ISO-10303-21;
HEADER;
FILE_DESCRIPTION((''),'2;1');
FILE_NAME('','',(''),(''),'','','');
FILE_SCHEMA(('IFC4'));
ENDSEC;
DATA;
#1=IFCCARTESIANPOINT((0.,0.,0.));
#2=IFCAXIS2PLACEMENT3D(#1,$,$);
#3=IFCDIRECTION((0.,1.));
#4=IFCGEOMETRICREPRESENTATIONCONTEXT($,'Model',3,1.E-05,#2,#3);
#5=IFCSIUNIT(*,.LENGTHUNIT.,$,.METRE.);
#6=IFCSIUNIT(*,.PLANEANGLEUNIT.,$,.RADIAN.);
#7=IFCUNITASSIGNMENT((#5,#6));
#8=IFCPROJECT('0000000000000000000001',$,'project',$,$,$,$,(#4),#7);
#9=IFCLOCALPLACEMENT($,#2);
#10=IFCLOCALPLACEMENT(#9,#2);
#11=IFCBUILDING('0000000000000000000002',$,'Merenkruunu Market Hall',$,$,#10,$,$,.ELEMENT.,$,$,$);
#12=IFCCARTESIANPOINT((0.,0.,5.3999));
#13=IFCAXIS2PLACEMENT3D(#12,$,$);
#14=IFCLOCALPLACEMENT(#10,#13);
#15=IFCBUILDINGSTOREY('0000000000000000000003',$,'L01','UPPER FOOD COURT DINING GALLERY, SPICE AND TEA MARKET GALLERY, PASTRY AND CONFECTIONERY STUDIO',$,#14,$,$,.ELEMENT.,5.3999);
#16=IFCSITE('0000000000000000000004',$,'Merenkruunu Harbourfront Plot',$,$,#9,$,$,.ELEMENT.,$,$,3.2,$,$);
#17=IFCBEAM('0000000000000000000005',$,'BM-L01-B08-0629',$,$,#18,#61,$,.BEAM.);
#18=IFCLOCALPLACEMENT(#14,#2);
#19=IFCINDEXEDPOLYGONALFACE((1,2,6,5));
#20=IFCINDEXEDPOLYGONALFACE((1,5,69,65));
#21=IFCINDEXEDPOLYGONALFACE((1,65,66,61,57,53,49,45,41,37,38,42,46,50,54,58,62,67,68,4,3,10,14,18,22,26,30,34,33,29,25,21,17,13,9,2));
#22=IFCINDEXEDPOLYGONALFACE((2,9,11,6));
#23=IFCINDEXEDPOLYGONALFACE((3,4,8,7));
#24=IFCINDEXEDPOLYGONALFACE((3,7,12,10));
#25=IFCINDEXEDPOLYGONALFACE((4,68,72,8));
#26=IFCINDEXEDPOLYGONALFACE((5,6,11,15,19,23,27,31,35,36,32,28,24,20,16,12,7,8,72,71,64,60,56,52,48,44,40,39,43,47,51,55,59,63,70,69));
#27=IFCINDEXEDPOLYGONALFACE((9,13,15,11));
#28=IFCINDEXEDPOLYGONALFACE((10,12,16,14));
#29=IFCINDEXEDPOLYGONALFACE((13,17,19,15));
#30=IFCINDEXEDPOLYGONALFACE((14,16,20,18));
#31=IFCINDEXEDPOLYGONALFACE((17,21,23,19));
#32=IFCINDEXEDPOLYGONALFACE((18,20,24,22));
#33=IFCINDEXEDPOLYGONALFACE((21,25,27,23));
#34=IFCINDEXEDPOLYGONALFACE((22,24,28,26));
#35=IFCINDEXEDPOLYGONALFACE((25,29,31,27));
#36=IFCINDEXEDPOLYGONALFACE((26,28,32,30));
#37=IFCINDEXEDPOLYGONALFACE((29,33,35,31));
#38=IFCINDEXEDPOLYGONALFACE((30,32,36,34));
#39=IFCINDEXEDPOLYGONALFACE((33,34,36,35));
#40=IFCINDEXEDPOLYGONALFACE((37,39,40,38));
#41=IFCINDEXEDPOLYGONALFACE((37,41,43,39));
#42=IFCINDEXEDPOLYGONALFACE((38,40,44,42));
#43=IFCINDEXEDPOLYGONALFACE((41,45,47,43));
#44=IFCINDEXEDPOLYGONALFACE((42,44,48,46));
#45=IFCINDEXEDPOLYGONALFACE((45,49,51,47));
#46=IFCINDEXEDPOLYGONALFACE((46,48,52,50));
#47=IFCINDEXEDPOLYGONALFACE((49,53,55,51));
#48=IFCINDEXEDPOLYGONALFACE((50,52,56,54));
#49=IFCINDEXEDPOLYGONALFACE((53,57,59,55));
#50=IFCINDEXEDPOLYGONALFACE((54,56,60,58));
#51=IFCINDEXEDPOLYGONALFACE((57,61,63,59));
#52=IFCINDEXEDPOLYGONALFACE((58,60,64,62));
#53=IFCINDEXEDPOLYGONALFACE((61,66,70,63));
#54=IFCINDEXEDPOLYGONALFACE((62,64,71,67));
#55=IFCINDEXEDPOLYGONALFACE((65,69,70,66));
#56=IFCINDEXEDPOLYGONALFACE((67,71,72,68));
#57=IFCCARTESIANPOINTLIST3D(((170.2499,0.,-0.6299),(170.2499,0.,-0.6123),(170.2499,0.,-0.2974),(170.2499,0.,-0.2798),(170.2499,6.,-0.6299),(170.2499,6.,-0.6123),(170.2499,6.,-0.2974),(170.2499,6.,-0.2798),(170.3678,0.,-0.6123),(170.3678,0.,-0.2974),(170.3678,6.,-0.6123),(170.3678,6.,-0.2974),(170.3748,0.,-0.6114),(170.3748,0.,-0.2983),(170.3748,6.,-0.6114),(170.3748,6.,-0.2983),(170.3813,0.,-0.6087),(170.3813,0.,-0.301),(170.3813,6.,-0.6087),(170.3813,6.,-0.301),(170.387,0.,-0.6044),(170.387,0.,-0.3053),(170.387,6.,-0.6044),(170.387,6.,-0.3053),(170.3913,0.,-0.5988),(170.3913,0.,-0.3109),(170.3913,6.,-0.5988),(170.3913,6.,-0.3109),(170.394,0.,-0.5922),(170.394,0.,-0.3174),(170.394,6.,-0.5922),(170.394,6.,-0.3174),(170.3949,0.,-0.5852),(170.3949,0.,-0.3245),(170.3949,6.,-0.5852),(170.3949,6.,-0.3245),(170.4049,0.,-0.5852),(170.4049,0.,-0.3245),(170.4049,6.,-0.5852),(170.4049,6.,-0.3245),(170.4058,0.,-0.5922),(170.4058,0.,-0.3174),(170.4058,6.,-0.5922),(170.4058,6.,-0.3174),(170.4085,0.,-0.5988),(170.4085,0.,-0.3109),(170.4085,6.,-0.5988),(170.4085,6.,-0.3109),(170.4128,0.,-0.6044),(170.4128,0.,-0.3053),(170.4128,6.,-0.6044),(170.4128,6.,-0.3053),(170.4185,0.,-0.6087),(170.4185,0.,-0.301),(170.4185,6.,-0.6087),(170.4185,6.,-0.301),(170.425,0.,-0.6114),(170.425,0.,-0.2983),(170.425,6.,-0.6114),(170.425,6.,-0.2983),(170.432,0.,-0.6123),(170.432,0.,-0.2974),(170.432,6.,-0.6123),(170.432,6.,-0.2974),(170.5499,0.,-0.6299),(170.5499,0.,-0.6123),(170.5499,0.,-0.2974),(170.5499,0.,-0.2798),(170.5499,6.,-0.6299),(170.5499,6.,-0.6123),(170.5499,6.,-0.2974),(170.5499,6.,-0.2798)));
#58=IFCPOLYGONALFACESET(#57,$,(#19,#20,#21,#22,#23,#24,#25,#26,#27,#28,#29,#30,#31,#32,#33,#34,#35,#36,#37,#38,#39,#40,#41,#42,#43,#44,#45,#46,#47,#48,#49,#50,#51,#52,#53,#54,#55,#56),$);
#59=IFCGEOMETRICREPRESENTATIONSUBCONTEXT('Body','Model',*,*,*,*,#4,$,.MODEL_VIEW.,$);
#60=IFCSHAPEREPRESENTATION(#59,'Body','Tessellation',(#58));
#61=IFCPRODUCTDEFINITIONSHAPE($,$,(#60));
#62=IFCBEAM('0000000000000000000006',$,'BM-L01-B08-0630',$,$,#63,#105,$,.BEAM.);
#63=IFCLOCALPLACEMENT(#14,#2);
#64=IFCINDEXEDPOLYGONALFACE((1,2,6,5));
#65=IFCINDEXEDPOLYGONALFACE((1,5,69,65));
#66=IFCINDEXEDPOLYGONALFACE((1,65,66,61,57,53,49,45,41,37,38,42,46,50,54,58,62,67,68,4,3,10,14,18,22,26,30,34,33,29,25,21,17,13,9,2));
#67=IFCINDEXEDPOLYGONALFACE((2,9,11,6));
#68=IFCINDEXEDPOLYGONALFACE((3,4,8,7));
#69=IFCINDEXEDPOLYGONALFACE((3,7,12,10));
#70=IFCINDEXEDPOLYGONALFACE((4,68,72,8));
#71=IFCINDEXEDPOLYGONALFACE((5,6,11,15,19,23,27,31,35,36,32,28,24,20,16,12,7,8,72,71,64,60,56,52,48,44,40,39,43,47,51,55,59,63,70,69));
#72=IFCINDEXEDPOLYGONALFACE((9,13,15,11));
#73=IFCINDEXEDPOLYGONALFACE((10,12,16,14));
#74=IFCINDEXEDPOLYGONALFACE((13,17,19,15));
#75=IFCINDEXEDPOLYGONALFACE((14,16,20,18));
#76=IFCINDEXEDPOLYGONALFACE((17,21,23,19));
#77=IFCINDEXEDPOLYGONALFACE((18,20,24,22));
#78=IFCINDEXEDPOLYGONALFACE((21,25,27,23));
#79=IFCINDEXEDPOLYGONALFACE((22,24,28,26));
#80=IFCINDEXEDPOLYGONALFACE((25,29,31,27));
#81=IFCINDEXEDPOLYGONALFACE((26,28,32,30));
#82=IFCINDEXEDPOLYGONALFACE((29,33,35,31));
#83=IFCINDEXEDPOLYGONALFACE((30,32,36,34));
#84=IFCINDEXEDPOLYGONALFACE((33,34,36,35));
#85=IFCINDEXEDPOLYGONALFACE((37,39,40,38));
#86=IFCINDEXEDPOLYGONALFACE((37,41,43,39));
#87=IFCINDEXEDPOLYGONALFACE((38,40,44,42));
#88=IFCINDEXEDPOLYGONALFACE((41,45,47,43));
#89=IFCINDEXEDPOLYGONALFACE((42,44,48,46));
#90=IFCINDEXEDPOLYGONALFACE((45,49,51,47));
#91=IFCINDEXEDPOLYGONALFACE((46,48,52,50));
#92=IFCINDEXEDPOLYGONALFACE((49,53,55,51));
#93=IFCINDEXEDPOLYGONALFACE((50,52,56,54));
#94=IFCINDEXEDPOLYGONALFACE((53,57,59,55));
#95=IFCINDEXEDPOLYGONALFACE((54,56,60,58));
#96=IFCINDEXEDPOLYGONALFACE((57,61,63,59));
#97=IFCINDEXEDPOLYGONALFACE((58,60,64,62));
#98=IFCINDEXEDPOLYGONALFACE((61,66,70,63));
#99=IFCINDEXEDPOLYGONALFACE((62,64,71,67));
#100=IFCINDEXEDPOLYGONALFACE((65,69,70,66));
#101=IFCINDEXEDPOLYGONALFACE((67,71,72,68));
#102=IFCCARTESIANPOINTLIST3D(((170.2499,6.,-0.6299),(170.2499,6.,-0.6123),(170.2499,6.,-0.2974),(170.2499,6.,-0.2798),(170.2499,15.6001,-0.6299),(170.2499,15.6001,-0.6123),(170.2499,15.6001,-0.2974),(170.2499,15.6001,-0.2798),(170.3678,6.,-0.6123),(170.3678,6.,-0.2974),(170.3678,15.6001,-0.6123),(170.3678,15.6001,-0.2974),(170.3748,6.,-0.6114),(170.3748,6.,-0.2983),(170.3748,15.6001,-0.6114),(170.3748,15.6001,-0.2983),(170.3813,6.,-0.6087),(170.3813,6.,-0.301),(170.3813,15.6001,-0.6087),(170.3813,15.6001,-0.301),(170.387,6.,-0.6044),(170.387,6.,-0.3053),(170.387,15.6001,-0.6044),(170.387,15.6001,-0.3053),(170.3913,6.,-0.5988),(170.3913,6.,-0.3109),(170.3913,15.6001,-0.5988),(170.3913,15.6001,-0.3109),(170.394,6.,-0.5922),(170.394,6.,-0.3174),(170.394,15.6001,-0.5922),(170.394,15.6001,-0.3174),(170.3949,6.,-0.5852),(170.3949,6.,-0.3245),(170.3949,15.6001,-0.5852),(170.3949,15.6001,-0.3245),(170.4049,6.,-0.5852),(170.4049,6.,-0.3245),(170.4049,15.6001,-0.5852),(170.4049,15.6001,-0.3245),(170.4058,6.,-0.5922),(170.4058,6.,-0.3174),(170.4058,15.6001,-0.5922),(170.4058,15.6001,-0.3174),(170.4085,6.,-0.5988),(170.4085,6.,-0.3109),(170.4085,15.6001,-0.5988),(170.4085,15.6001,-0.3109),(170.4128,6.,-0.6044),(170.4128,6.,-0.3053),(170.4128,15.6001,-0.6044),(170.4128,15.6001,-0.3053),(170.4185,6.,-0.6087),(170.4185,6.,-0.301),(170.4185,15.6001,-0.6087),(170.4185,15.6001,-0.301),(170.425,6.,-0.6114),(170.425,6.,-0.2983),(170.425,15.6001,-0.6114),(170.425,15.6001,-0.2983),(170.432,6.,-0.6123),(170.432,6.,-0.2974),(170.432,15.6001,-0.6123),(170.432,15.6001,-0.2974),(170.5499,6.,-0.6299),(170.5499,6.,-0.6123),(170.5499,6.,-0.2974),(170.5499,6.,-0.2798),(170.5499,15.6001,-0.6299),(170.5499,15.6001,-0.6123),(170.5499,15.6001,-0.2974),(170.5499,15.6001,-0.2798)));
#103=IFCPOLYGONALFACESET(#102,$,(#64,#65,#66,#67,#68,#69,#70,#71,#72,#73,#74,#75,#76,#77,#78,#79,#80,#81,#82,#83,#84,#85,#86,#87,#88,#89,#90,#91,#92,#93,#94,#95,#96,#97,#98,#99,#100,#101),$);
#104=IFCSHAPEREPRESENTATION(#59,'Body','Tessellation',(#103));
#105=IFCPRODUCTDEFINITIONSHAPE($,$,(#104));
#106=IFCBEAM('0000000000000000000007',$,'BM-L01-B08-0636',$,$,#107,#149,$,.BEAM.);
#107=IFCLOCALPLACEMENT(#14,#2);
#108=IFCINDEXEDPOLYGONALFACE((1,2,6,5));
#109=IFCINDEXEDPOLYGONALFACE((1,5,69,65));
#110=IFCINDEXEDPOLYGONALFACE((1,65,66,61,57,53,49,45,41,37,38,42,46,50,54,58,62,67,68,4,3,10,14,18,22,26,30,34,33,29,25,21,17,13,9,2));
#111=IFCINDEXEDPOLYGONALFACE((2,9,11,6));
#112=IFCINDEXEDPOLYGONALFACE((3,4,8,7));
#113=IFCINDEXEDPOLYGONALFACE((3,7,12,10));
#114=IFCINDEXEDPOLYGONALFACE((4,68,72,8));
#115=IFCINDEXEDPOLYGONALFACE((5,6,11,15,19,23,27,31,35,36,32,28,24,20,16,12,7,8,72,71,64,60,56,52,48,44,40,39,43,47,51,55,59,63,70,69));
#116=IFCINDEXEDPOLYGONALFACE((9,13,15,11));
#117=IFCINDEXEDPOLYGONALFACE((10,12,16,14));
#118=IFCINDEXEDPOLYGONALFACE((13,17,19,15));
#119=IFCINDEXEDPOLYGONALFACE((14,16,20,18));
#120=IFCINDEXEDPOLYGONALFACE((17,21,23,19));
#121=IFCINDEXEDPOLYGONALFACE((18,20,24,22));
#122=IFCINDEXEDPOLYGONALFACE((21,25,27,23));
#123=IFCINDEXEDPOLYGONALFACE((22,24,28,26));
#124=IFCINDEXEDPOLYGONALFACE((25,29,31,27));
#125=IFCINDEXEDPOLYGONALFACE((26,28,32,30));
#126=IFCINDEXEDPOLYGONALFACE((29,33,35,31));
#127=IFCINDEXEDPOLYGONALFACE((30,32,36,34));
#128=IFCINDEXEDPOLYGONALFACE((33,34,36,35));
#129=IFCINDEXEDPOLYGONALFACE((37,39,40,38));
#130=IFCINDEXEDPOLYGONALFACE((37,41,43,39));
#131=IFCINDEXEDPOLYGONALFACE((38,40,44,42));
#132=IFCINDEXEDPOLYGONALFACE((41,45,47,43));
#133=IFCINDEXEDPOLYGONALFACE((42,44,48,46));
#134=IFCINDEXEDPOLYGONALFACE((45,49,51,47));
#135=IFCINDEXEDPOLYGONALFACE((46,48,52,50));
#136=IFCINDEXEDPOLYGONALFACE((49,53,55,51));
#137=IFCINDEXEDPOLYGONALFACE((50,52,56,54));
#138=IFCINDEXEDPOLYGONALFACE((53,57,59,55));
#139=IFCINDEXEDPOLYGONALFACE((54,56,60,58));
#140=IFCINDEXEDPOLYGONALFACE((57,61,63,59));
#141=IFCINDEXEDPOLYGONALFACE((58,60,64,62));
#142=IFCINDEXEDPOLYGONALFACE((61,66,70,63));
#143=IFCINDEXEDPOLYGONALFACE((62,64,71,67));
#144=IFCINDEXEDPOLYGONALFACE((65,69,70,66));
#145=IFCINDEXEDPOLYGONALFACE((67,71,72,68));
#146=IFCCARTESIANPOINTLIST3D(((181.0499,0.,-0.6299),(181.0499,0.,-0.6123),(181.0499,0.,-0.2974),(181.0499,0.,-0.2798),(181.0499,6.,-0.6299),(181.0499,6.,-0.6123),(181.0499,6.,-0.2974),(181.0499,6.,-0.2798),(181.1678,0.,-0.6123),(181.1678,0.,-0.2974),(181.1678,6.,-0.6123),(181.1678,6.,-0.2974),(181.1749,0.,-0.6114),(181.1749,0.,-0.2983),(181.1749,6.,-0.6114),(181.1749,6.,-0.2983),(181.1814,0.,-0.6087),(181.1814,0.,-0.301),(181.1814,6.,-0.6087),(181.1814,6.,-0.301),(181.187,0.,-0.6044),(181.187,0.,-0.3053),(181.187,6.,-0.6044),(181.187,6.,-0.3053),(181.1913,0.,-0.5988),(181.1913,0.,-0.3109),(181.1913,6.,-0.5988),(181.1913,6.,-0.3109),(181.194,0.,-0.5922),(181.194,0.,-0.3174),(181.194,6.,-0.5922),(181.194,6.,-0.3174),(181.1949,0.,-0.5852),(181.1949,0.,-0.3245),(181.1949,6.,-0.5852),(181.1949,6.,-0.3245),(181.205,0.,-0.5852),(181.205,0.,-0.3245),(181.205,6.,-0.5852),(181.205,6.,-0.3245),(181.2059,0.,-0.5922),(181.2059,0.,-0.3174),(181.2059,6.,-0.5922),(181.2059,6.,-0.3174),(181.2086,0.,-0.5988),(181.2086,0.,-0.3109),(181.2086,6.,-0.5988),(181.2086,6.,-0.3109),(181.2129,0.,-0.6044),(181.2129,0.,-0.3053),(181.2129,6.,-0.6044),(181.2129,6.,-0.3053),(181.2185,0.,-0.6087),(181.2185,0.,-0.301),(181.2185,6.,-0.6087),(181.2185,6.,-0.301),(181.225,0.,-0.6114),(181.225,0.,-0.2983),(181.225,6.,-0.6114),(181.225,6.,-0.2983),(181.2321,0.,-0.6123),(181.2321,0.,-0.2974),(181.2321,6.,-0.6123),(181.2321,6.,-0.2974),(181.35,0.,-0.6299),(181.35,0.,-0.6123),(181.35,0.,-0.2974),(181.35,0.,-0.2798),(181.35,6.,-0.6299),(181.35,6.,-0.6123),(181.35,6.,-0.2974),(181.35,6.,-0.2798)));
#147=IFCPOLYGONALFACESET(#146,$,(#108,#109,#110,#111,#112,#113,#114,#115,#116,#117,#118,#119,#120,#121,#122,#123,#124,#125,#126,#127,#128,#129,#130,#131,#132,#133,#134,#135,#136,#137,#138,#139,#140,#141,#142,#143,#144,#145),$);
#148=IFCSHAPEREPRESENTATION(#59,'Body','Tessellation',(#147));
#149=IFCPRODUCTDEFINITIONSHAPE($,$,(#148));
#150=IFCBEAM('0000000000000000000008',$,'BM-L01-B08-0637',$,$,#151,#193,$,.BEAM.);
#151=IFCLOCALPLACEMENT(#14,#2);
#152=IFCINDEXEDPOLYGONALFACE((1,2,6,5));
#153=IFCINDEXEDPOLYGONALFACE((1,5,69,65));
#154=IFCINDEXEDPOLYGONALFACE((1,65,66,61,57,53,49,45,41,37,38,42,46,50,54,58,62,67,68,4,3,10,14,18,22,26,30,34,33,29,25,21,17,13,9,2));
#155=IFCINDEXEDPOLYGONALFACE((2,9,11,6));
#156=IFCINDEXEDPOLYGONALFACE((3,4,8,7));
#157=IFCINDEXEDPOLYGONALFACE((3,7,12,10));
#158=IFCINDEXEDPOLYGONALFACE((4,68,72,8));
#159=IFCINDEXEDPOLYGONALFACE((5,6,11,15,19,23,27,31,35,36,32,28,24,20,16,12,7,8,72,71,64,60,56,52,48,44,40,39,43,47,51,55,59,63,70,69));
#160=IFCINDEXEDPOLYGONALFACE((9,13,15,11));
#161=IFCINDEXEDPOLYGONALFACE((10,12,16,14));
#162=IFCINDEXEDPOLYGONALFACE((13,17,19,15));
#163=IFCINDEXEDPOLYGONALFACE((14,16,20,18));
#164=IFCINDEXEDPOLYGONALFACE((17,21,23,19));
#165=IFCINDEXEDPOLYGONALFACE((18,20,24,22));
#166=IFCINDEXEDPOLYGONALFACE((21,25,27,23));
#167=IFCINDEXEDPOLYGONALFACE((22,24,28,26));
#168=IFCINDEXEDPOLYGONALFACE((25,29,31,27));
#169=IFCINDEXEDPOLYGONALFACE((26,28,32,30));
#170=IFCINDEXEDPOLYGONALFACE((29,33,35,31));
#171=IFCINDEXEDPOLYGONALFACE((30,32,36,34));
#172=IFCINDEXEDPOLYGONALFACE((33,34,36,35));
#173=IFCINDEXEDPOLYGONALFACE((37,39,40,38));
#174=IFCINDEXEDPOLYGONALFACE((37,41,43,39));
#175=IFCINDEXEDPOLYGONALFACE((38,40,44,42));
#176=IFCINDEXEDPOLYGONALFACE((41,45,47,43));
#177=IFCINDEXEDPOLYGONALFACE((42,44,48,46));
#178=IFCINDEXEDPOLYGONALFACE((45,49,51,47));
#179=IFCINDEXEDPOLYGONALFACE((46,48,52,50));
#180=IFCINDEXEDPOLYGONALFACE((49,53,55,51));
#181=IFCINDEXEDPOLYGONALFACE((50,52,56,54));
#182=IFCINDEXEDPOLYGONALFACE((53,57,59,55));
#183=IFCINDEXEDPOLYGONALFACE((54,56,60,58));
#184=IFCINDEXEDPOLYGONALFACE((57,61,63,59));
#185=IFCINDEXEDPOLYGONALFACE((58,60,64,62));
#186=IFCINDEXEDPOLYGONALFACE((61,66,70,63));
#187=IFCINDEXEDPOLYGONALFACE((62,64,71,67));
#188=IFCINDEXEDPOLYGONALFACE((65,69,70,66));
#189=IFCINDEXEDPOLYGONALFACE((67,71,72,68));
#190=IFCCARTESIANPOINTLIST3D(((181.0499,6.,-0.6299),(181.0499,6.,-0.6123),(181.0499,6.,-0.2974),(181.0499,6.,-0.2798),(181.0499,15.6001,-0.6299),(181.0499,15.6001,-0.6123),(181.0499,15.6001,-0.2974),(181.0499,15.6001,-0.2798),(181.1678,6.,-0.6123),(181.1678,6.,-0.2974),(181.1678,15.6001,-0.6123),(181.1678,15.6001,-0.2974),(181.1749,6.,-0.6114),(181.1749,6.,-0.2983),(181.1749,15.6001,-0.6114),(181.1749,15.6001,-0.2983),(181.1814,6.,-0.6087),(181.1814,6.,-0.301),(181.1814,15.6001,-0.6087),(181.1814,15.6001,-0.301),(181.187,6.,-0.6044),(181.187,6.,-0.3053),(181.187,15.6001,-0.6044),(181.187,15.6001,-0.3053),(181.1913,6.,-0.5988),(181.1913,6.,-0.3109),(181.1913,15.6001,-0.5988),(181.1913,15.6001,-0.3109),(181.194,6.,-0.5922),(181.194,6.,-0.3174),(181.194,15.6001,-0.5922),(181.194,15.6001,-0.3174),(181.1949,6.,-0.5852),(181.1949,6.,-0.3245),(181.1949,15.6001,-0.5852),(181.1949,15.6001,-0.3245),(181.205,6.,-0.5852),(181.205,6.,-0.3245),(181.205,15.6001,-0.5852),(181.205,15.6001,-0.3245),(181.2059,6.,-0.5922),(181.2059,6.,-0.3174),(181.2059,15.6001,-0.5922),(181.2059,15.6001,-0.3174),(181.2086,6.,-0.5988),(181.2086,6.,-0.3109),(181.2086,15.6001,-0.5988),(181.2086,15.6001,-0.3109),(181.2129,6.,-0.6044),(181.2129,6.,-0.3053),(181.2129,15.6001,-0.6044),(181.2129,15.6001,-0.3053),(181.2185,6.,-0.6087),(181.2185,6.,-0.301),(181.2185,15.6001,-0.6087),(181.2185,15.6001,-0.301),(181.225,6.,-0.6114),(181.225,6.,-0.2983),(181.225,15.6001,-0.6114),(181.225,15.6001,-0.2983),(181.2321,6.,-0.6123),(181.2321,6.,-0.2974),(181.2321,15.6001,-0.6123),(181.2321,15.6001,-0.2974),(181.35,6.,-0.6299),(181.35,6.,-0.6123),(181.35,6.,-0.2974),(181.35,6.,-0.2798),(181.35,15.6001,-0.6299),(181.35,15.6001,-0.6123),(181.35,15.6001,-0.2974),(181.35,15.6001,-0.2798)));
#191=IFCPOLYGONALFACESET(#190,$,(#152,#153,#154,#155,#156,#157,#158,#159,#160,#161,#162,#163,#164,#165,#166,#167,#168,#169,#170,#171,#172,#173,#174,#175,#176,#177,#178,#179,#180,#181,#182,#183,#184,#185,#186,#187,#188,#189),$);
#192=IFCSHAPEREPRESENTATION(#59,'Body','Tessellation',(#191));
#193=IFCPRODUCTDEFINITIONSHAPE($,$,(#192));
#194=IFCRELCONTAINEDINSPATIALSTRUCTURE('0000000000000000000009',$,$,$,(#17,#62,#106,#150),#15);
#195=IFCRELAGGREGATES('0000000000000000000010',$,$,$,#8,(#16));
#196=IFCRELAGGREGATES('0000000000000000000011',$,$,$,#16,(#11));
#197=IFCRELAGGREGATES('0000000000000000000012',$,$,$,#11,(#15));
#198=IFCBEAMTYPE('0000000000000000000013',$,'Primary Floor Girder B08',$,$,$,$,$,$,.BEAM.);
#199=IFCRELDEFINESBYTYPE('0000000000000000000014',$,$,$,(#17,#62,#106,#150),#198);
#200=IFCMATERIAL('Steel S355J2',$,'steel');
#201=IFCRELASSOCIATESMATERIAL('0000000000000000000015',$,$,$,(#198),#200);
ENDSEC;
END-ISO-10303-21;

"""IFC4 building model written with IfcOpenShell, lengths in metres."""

from ifc_helpers import new_model, si_unit, direction, frame, origin, origin_2d, place, context, subcontext, project, spatial, i_section, extrude, material, material_profile, profile_set, type_object, element, save


model = new_model("IFC4")

# Units and contexts
model_context = context("Model", 3, precision=1e-05, world=origin(), true_north=direction((0.0, 1.0)))
body_context = subcontext(model_context, "Body", "Model", "MODEL_VIEW")
ifc_project = project(units=[si_unit("LENGTHUNIT", "METRE"), si_unit("PLANEANGLEUNIT", "RADIAN")], contexts=[model_context])

# Site, building, storey
site_placement = place(None, origin())
site = spatial("IfcSite", under=ifc_project, at=site_placement, Name="Merenkruunu Harbourfront Plot", CompositionType="ELEMENT", RefElevation=3.2)
building_placement = place(site_placement, origin())
building = spatial("IfcBuilding", under=site, at=building_placement, Name="Merenkruunu Market Hall", CompositionType="ELEMENT")
storey_placement = place(building_placement, frame((0.0, 0.0, 5.3999)))
storey = spatial("IfcBuildingStorey", under=building, at=storey_placement, Name="L01", Description="UPPER FOOD COURT DINING GALLERY, SPICE AND TEA MARKET GALLERY, PASTRY AND CONFECTIONERY STUDIO", CompositionType="ELEMENT", Elevation=5.3999)

# Shared definitions
ifc_material_1 = material(Name="Steel S355J2", Category="steel")

# Beams
ifc_material_profile_1 = material_profile(ifc_material_1, i_section(OverallWidth=0.3, OverallDepth=0.3501, WebThickness=0.01, FlangeThickness=0.0176, FilletRadius=0.0271, at=origin_2d()), Name="HEA 360")
ifc_profile_set_1 = profile_set([ifc_material_profile_1], Name="Steel S355J2")
beam_type_1 = type_object("IfcBeamType", Name="Primary Floor Girder B08", PredefinedType="BEAM", material=ifc_profile_set_1)
beam_1_placement = place(storey_placement, frame((170.3999, 0.0, -0.4548), z_axis=(0.0, 1.0, 0.0), x_axis=(-1.0, 0.0, 0.0)))
element("IfcBeam", 1, at=beam_1_placement, inside=storey, type_object=beam_type_1, Name="BM-L01-B08-0629", PredefinedType="BEAM", context=body_context, shape_type="SweptSolid", body=[
    extrude(i_section(OverallWidth=0.3, OverallDepth=0.3501, WebThickness=0.01, FlangeThickness=0.0176, FilletRadius=0.0271, at=origin_2d()), origin(), (0.0, 0.0, 1.0), 6.0),
])
beam_2_placement = place(storey_placement, frame((170.3999, 6.0, -0.4548), z_axis=(0.0, 1.0, 0.0), x_axis=(-1.0, 0.0, 0.0)))
element("IfcBeam", 2, at=beam_2_placement, inside=storey, type_object=beam_type_1, Name="BM-L01-B08-0630", PredefinedType="BEAM", context=body_context, shape_type="SweptSolid", body=[
    extrude(i_section(OverallWidth=0.3, OverallDepth=0.3501, WebThickness=0.01, FlangeThickness=0.0176, FilletRadius=0.0271, at=origin_2d()), origin(), (0.0, 0.0, 1.0), 9.6001),
])
beam_3_placement = place(storey_placement, frame((181.2, 0.0, -0.4548), z_axis=(0.0, 1.0, 0.0), x_axis=(-1.0, 0.0, 0.0)))
element("IfcBeam", 3, at=beam_3_placement, inside=storey, type_object=beam_type_1, Name="BM-L01-B08-0636", PredefinedType="BEAM", context=body_context, shape_type="SweptSolid", body=[
    extrude(i_section(OverallWidth=0.3, OverallDepth=0.3501, WebThickness=0.01, FlangeThickness=0.0176, FilletRadius=0.0271, at=origin_2d()), origin(), (0.0, 0.0, 1.0), 6.0),
])
beam_4_placement = place(storey_placement, frame((181.2, 6.0, -0.4548), z_axis=(0.0, 1.0, 0.0), x_axis=(-1.0, 0.0, 0.0)))
element("IfcBeam", 4, at=beam_4_placement, inside=storey, type_object=beam_type_1, Name="BM-L01-B08-0637", PredefinedType="BEAM", context=body_context, shape_type="SweptSolid", body=[
    extrude(i_section(OverallWidth=0.3, OverallDepth=0.3501, WebThickness=0.01, FlangeThickness=0.0176, FilletRadius=0.0271, at=origin_2d()), origin(), (0.0, 0.0, 1.0), 9.6001),
])

save(model, "model.ifc")
